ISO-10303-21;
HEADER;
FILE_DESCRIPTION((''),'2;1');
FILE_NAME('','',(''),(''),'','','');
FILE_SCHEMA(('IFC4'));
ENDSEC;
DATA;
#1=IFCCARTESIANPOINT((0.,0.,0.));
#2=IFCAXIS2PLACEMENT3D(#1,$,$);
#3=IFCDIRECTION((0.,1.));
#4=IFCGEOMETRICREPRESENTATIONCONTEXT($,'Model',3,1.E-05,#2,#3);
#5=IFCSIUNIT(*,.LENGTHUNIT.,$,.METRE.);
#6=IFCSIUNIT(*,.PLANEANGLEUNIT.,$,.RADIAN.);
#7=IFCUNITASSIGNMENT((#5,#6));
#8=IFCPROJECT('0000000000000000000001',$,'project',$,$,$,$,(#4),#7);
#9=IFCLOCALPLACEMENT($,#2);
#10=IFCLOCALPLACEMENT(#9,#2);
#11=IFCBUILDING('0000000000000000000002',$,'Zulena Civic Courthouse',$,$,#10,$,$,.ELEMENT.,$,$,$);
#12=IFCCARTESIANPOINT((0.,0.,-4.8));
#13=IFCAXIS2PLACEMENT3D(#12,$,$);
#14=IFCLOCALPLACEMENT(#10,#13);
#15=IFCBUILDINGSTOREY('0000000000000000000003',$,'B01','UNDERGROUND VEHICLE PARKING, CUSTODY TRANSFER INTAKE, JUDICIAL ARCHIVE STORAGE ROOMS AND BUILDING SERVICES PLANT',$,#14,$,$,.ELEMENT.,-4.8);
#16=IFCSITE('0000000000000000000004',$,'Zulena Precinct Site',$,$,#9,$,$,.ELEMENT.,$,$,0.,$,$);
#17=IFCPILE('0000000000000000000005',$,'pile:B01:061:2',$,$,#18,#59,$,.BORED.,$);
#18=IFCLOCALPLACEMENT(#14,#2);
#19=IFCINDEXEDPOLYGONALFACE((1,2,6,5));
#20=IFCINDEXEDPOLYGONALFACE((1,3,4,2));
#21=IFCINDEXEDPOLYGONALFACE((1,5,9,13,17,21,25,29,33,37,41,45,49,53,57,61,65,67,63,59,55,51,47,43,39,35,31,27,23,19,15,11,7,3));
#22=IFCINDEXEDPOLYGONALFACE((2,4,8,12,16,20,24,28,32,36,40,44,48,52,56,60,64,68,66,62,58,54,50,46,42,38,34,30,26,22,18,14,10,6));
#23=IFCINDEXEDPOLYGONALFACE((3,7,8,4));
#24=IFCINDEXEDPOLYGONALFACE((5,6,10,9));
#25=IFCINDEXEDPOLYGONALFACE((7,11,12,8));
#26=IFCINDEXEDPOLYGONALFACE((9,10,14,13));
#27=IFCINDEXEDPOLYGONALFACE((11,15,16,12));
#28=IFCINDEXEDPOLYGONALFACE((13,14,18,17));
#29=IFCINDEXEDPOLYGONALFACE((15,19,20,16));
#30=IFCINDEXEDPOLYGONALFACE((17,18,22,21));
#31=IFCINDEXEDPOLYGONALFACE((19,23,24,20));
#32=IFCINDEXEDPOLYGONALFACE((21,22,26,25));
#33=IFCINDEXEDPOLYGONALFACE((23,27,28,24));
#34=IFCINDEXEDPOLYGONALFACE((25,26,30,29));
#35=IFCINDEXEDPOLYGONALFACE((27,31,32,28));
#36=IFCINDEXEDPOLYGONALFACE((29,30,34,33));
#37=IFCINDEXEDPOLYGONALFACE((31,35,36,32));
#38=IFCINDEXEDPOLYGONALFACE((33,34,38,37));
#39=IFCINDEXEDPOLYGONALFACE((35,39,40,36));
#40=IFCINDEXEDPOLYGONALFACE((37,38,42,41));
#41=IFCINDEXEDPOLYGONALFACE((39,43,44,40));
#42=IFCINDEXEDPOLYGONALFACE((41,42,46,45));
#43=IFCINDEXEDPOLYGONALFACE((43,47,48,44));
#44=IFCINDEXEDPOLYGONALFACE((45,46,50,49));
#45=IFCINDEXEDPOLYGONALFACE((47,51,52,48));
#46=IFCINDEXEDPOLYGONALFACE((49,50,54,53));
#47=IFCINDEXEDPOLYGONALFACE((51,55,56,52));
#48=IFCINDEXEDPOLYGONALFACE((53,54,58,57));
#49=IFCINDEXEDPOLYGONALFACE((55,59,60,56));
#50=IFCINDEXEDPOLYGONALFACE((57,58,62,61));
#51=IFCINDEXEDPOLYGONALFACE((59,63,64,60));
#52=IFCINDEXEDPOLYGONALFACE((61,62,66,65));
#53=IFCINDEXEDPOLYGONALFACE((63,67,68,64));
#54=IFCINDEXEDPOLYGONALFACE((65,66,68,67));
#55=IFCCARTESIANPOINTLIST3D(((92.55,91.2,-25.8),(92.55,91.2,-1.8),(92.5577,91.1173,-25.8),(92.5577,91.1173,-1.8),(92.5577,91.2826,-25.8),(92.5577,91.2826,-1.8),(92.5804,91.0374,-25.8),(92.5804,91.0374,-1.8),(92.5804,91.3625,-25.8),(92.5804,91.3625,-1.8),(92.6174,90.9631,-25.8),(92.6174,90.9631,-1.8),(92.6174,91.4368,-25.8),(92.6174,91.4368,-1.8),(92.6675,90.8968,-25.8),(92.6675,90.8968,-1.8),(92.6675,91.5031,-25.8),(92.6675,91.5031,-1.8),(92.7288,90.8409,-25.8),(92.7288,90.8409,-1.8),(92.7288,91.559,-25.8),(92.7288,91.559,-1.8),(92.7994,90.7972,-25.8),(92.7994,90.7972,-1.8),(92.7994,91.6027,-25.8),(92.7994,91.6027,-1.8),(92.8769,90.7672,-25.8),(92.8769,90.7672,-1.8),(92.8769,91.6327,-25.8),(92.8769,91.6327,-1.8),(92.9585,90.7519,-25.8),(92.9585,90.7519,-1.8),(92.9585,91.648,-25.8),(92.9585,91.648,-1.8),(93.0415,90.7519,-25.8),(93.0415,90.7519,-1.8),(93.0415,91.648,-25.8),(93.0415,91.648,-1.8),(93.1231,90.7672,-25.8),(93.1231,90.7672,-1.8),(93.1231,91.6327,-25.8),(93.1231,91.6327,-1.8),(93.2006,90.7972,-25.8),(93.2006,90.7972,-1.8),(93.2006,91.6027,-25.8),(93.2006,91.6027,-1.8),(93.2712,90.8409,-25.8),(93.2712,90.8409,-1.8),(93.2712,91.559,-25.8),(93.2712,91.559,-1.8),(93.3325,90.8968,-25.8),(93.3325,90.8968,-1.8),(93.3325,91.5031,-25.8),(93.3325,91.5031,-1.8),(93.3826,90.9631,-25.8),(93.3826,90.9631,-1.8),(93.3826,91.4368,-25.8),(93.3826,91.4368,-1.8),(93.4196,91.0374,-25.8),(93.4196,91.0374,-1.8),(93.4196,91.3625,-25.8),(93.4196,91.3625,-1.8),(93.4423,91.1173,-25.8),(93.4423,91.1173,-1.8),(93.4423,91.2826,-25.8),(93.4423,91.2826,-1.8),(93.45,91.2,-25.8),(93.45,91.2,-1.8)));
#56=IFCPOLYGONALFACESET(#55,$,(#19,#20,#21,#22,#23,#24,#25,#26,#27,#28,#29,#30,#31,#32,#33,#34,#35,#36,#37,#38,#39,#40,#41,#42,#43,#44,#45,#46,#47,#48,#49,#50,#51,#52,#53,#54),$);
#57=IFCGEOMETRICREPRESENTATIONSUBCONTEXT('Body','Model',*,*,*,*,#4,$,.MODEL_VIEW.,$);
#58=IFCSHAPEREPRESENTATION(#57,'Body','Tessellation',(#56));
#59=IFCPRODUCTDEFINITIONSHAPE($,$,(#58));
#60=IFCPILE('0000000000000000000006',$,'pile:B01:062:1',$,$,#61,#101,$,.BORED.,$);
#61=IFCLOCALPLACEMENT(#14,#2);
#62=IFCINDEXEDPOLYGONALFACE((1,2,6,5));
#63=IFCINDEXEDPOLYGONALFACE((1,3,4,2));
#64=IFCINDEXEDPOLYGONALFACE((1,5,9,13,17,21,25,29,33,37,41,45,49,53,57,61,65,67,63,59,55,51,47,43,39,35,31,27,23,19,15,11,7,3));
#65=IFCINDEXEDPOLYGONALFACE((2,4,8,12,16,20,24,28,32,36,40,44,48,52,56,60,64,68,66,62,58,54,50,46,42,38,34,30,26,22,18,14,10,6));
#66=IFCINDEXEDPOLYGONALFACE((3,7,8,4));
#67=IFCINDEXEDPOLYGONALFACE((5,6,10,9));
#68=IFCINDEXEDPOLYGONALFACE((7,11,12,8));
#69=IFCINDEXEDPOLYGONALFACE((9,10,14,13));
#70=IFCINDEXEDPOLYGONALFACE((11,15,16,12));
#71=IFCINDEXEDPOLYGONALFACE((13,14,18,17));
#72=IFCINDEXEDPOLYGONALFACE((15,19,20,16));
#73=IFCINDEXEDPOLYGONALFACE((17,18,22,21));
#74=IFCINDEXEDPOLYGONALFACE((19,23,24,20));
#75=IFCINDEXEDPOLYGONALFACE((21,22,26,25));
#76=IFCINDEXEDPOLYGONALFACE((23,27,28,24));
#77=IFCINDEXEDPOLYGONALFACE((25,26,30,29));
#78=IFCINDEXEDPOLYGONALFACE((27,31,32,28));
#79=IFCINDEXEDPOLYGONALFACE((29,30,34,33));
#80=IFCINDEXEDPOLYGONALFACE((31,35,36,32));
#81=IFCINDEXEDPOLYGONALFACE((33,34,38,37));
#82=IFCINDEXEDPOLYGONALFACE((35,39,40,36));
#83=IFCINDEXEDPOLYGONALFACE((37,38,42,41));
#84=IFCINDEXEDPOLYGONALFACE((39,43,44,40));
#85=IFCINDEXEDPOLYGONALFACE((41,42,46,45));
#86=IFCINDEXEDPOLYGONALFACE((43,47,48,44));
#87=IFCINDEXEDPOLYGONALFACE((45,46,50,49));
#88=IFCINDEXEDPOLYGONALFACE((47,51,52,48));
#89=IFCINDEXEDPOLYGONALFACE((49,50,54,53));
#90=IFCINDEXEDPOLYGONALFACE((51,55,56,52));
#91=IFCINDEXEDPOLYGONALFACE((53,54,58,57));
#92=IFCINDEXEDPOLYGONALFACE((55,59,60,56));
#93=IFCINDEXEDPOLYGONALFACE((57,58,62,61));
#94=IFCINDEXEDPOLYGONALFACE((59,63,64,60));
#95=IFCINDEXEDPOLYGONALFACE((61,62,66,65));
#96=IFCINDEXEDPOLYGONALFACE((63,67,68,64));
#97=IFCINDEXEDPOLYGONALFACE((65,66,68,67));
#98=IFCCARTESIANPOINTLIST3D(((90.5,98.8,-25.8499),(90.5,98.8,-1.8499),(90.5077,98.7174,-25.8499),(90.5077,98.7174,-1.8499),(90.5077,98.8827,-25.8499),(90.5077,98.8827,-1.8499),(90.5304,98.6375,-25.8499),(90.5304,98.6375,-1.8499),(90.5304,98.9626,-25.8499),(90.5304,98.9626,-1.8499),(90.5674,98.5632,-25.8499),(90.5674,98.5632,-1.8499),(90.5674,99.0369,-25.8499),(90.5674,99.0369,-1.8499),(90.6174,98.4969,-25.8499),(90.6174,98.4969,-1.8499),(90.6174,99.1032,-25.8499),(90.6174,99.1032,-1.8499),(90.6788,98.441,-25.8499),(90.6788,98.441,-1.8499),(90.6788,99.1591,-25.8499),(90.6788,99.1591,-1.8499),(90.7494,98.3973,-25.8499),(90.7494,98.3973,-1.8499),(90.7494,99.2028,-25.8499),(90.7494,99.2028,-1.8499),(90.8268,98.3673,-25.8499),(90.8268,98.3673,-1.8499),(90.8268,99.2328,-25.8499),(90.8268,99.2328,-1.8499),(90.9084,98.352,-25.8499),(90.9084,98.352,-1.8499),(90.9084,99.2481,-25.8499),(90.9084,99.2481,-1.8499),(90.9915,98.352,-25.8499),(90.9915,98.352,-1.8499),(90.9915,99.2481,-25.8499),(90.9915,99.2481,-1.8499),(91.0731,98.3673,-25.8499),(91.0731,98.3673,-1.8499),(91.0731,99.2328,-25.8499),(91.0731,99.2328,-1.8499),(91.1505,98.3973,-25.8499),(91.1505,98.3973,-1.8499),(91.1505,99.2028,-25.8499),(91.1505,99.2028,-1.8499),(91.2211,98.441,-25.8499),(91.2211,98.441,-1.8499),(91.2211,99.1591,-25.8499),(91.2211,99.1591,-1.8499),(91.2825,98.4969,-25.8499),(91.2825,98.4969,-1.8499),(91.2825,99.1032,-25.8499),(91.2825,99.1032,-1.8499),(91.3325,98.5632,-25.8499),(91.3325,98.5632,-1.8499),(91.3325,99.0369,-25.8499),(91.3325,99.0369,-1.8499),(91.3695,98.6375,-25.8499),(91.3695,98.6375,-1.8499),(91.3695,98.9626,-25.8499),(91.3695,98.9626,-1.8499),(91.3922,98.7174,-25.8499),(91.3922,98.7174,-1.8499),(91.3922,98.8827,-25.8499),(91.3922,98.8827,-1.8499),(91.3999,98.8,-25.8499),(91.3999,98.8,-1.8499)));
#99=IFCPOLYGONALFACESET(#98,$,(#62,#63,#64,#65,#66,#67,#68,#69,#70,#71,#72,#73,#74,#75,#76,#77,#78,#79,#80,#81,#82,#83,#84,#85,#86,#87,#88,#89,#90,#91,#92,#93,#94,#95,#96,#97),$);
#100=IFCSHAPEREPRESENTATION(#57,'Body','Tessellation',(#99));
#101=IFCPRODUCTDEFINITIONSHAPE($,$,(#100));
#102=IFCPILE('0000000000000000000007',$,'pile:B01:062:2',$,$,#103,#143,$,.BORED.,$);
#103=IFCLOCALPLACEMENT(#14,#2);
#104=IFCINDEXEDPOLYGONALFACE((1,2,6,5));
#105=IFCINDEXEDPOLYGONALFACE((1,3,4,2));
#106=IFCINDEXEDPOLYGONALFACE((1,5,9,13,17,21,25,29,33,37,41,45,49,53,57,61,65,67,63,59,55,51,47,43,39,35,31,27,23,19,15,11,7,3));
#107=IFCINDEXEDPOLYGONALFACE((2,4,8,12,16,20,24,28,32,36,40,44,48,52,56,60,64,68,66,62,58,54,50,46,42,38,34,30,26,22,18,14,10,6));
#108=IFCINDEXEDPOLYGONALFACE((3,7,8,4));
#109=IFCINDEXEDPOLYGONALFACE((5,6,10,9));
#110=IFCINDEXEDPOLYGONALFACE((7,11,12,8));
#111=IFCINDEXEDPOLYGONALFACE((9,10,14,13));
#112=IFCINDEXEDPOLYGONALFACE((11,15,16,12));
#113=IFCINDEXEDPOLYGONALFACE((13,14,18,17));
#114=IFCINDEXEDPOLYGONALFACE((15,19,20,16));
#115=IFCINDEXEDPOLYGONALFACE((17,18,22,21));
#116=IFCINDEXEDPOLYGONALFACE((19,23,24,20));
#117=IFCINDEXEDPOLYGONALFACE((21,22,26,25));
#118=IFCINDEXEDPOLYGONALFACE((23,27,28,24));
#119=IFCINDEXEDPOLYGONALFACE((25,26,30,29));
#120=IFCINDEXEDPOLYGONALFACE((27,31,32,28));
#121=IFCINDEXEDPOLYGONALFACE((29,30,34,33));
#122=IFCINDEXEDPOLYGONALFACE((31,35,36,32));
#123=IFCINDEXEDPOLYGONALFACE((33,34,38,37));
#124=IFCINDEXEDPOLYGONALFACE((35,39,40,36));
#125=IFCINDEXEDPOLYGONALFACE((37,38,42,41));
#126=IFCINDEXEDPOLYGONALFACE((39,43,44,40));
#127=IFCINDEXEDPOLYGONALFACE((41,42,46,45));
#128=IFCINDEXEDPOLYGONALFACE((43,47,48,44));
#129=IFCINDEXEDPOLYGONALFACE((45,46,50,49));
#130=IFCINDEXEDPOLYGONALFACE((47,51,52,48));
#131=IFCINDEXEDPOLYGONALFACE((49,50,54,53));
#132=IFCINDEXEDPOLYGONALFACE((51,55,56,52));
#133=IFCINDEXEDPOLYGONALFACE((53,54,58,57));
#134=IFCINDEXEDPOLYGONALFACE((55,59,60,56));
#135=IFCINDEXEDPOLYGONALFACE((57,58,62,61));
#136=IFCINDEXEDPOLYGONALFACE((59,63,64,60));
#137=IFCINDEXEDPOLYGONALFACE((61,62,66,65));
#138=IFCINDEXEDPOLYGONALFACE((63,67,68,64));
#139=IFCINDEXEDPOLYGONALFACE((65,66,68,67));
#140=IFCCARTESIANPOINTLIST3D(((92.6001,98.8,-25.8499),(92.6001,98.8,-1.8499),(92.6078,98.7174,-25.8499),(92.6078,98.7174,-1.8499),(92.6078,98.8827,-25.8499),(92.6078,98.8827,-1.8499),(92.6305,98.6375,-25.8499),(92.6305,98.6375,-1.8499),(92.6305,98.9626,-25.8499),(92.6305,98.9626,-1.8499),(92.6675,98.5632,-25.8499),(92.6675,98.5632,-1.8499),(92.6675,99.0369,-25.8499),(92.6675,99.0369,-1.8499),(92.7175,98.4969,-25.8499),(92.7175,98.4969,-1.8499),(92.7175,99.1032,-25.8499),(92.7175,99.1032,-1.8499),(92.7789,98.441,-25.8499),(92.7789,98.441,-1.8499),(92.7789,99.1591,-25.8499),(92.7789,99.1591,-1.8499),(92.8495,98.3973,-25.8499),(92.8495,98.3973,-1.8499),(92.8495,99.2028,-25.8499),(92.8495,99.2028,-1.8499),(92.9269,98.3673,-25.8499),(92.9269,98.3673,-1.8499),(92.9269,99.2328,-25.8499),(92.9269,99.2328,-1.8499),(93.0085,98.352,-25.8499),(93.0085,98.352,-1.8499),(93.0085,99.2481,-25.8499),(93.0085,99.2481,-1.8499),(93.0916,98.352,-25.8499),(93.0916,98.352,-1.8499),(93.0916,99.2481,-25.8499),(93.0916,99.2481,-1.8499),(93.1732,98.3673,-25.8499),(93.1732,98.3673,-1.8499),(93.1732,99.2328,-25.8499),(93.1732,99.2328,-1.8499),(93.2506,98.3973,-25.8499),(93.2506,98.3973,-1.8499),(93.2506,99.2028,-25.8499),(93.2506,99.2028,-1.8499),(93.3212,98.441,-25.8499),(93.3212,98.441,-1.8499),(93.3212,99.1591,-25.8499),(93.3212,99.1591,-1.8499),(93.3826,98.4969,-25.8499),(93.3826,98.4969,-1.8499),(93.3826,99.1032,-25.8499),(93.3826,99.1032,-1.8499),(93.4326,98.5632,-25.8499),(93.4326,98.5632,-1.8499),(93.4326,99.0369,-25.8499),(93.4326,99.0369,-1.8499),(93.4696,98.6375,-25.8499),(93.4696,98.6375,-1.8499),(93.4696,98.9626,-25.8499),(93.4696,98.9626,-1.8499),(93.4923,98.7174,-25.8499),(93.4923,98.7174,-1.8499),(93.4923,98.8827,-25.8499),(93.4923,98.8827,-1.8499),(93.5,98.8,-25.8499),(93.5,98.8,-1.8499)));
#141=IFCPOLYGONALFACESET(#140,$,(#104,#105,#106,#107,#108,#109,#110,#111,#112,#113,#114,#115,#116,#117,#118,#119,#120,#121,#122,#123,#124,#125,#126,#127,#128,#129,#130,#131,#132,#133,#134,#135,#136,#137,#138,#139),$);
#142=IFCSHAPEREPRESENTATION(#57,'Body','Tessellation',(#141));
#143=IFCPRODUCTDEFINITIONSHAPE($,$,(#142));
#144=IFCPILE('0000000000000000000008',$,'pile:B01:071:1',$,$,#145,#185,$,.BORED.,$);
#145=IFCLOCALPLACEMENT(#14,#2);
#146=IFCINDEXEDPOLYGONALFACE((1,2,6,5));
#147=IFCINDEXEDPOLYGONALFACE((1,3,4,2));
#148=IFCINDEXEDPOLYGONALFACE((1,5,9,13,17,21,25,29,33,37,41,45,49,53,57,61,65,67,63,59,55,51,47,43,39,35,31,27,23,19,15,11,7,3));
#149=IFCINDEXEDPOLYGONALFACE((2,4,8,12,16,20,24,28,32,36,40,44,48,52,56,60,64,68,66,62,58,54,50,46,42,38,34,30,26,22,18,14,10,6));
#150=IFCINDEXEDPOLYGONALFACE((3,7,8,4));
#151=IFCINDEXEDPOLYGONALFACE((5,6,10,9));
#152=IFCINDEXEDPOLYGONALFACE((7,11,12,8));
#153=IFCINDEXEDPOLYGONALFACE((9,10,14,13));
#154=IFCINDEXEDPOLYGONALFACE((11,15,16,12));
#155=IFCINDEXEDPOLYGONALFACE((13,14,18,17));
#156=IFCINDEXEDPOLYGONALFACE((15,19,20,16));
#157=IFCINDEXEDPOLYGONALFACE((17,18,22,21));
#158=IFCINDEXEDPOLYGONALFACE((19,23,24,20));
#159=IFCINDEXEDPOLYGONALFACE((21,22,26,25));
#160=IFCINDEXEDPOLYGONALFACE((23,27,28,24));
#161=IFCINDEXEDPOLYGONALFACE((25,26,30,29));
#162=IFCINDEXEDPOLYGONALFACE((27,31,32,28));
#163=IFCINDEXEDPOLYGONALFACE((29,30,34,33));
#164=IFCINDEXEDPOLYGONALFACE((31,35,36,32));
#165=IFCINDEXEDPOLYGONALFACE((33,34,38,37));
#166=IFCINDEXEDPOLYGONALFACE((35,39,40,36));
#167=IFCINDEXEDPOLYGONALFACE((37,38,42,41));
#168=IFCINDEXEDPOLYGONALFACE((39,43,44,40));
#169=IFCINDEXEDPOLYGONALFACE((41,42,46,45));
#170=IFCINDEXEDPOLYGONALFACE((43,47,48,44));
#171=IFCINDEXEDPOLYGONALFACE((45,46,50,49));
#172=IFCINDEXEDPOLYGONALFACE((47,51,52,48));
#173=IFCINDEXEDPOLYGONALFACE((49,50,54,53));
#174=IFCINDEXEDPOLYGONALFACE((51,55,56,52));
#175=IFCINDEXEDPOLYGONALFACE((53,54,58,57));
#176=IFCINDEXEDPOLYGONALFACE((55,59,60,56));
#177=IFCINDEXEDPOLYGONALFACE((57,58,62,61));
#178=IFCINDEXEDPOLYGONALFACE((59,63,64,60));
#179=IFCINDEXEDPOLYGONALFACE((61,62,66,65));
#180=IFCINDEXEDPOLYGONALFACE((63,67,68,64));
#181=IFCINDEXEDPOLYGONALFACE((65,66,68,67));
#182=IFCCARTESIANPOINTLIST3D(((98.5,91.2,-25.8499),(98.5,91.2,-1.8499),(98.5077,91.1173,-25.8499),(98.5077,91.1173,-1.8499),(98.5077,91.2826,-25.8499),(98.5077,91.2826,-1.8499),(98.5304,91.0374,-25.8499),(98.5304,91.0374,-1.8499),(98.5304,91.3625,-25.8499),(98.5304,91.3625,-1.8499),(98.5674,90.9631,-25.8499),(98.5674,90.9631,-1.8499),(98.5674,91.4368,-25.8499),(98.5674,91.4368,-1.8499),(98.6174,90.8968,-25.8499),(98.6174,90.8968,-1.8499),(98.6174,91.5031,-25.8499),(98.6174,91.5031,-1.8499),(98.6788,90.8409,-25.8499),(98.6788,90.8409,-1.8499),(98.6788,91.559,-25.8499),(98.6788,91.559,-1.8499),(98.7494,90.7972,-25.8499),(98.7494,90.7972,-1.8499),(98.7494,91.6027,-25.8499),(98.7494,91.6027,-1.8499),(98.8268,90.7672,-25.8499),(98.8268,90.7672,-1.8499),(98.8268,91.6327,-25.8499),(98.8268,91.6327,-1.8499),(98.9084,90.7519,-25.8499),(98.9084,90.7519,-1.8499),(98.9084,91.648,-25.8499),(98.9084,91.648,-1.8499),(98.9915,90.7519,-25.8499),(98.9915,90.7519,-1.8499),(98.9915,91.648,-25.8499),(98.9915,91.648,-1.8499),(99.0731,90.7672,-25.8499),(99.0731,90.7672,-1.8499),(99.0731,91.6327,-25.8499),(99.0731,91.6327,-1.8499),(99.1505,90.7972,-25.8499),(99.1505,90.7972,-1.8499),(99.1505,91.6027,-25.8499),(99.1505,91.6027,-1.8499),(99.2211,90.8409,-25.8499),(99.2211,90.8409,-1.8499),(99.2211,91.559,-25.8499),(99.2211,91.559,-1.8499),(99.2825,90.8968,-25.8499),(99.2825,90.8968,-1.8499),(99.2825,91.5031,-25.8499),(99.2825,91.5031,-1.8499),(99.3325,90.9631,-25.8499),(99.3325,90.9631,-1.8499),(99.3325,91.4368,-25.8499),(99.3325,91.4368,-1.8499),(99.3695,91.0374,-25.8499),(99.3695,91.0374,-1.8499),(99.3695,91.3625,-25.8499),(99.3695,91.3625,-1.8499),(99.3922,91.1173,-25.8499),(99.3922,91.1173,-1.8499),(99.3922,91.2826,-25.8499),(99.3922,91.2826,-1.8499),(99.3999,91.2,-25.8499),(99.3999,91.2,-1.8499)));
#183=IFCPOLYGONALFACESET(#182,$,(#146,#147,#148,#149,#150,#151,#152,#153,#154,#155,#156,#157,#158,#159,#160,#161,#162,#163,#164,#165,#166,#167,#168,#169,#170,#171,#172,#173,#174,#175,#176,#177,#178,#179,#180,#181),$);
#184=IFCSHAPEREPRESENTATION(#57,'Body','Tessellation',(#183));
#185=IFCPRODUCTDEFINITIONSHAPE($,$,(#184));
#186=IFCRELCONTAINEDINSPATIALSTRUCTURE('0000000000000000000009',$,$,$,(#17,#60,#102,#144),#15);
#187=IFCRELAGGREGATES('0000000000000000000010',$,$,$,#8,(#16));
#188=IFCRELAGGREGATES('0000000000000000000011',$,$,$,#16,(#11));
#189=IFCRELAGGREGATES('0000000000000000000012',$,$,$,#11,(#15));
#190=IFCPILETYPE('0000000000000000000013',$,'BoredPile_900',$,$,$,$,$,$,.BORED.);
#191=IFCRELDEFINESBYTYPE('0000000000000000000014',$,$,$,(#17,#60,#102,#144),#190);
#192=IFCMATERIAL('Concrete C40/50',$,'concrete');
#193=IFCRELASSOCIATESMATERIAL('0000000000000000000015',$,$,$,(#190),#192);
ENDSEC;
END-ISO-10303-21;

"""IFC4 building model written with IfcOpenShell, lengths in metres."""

from ifc_helpers import new_model, si_unit, direction, frame, origin, origin_2d, place, context, subcontext, project, spatial, circle, extrude, material, material_profile, profile_set, type_object, element, save


model = new_model("IFC4")

# Units and contexts
model_context = context("Model", 3, precision=1e-05, world=origin(), true_north=direction((0.0, 1.0)))
body_context = subcontext(model_context, "Body", "Model", "MODEL_VIEW")
ifc_project = project(units=[si_unit("LENGTHUNIT", "METRE"), si_unit("PLANEANGLEUNIT", "RADIAN")], contexts=[model_context])

# Site, building, storey
site_placement = place(None, origin())
site = spatial("IfcSite", under=ifc_project, at=site_placement, Name="Zulena Precinct Site", CompositionType="ELEMENT", RefElevation=0.0)
building_placement = place(site_placement, origin())
building = spatial("IfcBuilding", under=site, at=building_placement, Name="Zulena Civic Courthouse", CompositionType="ELEMENT")
storey_placement = place(building_placement, frame((0.0, 0.0, -4.8)))
storey = spatial("IfcBuildingStorey", under=building, at=storey_placement, Name="B01", Description="UNDERGROUND VEHICLE PARKING, CUSTODY TRANSFER INTAKE, JUDICIAL ARCHIVE STORAGE ROOMS AND BUILDING SERVICES PLANT", CompositionType="ELEMENT", Elevation=-4.8)

# Piles
ifc_material_1 = material(Name="Concrete C40/50", Category="concrete")
ifc_material_profile_1 = material_profile(ifc_material_1, circle(Radius=0.45, at=origin_2d()), Name="PILE900")
ifc_profile_set_1 = profile_set([ifc_material_profile_1], Name="Concrete C40/50")
pile_type_1 = type_object("IfcPileType", Name="BoredPile_900", PredefinedType="BORED", material=ifc_profile_set_1)
for number, where, z_axis, x_axis, name in (
    (1, (93.0, 91.2, -1.8), (0.0, 0.0, -1.0), (1.0, 0.0, 0.0), "pile:B01:061:2"),
    (2, (90.95, 98.8, -1.8499), (0.0, 0.0, -1.0), (1.0, 0.0, 0.0), "pile:B01:062:1"),
    (3, (93.05, 98.8, -1.8499), (0.0, 0.0, -1.0), (1.0, 0.0, 0.0), "pile:B01:062:2"),
    (4, (98.95, 91.2, -1.8499), (0.0, 0.0, -1.0), (1.0, 0.0, 0.0), "pile:B01:071:1"),
):
    element("IfcPile", number, at=place(storey_placement, frame(where, z_axis=z_axis, x_axis=x_axis)), inside=storey, type_object=pile_type_1, Name=name, PredefinedType="BORED", context=body_context, shape_type="SweptSolid", body=[
        extrude(circle(Radius=0.45, at=origin_2d()), origin(), (0.0, 0.0, 1.0), 24.0),
    ])

save(model, "model.ifc")
